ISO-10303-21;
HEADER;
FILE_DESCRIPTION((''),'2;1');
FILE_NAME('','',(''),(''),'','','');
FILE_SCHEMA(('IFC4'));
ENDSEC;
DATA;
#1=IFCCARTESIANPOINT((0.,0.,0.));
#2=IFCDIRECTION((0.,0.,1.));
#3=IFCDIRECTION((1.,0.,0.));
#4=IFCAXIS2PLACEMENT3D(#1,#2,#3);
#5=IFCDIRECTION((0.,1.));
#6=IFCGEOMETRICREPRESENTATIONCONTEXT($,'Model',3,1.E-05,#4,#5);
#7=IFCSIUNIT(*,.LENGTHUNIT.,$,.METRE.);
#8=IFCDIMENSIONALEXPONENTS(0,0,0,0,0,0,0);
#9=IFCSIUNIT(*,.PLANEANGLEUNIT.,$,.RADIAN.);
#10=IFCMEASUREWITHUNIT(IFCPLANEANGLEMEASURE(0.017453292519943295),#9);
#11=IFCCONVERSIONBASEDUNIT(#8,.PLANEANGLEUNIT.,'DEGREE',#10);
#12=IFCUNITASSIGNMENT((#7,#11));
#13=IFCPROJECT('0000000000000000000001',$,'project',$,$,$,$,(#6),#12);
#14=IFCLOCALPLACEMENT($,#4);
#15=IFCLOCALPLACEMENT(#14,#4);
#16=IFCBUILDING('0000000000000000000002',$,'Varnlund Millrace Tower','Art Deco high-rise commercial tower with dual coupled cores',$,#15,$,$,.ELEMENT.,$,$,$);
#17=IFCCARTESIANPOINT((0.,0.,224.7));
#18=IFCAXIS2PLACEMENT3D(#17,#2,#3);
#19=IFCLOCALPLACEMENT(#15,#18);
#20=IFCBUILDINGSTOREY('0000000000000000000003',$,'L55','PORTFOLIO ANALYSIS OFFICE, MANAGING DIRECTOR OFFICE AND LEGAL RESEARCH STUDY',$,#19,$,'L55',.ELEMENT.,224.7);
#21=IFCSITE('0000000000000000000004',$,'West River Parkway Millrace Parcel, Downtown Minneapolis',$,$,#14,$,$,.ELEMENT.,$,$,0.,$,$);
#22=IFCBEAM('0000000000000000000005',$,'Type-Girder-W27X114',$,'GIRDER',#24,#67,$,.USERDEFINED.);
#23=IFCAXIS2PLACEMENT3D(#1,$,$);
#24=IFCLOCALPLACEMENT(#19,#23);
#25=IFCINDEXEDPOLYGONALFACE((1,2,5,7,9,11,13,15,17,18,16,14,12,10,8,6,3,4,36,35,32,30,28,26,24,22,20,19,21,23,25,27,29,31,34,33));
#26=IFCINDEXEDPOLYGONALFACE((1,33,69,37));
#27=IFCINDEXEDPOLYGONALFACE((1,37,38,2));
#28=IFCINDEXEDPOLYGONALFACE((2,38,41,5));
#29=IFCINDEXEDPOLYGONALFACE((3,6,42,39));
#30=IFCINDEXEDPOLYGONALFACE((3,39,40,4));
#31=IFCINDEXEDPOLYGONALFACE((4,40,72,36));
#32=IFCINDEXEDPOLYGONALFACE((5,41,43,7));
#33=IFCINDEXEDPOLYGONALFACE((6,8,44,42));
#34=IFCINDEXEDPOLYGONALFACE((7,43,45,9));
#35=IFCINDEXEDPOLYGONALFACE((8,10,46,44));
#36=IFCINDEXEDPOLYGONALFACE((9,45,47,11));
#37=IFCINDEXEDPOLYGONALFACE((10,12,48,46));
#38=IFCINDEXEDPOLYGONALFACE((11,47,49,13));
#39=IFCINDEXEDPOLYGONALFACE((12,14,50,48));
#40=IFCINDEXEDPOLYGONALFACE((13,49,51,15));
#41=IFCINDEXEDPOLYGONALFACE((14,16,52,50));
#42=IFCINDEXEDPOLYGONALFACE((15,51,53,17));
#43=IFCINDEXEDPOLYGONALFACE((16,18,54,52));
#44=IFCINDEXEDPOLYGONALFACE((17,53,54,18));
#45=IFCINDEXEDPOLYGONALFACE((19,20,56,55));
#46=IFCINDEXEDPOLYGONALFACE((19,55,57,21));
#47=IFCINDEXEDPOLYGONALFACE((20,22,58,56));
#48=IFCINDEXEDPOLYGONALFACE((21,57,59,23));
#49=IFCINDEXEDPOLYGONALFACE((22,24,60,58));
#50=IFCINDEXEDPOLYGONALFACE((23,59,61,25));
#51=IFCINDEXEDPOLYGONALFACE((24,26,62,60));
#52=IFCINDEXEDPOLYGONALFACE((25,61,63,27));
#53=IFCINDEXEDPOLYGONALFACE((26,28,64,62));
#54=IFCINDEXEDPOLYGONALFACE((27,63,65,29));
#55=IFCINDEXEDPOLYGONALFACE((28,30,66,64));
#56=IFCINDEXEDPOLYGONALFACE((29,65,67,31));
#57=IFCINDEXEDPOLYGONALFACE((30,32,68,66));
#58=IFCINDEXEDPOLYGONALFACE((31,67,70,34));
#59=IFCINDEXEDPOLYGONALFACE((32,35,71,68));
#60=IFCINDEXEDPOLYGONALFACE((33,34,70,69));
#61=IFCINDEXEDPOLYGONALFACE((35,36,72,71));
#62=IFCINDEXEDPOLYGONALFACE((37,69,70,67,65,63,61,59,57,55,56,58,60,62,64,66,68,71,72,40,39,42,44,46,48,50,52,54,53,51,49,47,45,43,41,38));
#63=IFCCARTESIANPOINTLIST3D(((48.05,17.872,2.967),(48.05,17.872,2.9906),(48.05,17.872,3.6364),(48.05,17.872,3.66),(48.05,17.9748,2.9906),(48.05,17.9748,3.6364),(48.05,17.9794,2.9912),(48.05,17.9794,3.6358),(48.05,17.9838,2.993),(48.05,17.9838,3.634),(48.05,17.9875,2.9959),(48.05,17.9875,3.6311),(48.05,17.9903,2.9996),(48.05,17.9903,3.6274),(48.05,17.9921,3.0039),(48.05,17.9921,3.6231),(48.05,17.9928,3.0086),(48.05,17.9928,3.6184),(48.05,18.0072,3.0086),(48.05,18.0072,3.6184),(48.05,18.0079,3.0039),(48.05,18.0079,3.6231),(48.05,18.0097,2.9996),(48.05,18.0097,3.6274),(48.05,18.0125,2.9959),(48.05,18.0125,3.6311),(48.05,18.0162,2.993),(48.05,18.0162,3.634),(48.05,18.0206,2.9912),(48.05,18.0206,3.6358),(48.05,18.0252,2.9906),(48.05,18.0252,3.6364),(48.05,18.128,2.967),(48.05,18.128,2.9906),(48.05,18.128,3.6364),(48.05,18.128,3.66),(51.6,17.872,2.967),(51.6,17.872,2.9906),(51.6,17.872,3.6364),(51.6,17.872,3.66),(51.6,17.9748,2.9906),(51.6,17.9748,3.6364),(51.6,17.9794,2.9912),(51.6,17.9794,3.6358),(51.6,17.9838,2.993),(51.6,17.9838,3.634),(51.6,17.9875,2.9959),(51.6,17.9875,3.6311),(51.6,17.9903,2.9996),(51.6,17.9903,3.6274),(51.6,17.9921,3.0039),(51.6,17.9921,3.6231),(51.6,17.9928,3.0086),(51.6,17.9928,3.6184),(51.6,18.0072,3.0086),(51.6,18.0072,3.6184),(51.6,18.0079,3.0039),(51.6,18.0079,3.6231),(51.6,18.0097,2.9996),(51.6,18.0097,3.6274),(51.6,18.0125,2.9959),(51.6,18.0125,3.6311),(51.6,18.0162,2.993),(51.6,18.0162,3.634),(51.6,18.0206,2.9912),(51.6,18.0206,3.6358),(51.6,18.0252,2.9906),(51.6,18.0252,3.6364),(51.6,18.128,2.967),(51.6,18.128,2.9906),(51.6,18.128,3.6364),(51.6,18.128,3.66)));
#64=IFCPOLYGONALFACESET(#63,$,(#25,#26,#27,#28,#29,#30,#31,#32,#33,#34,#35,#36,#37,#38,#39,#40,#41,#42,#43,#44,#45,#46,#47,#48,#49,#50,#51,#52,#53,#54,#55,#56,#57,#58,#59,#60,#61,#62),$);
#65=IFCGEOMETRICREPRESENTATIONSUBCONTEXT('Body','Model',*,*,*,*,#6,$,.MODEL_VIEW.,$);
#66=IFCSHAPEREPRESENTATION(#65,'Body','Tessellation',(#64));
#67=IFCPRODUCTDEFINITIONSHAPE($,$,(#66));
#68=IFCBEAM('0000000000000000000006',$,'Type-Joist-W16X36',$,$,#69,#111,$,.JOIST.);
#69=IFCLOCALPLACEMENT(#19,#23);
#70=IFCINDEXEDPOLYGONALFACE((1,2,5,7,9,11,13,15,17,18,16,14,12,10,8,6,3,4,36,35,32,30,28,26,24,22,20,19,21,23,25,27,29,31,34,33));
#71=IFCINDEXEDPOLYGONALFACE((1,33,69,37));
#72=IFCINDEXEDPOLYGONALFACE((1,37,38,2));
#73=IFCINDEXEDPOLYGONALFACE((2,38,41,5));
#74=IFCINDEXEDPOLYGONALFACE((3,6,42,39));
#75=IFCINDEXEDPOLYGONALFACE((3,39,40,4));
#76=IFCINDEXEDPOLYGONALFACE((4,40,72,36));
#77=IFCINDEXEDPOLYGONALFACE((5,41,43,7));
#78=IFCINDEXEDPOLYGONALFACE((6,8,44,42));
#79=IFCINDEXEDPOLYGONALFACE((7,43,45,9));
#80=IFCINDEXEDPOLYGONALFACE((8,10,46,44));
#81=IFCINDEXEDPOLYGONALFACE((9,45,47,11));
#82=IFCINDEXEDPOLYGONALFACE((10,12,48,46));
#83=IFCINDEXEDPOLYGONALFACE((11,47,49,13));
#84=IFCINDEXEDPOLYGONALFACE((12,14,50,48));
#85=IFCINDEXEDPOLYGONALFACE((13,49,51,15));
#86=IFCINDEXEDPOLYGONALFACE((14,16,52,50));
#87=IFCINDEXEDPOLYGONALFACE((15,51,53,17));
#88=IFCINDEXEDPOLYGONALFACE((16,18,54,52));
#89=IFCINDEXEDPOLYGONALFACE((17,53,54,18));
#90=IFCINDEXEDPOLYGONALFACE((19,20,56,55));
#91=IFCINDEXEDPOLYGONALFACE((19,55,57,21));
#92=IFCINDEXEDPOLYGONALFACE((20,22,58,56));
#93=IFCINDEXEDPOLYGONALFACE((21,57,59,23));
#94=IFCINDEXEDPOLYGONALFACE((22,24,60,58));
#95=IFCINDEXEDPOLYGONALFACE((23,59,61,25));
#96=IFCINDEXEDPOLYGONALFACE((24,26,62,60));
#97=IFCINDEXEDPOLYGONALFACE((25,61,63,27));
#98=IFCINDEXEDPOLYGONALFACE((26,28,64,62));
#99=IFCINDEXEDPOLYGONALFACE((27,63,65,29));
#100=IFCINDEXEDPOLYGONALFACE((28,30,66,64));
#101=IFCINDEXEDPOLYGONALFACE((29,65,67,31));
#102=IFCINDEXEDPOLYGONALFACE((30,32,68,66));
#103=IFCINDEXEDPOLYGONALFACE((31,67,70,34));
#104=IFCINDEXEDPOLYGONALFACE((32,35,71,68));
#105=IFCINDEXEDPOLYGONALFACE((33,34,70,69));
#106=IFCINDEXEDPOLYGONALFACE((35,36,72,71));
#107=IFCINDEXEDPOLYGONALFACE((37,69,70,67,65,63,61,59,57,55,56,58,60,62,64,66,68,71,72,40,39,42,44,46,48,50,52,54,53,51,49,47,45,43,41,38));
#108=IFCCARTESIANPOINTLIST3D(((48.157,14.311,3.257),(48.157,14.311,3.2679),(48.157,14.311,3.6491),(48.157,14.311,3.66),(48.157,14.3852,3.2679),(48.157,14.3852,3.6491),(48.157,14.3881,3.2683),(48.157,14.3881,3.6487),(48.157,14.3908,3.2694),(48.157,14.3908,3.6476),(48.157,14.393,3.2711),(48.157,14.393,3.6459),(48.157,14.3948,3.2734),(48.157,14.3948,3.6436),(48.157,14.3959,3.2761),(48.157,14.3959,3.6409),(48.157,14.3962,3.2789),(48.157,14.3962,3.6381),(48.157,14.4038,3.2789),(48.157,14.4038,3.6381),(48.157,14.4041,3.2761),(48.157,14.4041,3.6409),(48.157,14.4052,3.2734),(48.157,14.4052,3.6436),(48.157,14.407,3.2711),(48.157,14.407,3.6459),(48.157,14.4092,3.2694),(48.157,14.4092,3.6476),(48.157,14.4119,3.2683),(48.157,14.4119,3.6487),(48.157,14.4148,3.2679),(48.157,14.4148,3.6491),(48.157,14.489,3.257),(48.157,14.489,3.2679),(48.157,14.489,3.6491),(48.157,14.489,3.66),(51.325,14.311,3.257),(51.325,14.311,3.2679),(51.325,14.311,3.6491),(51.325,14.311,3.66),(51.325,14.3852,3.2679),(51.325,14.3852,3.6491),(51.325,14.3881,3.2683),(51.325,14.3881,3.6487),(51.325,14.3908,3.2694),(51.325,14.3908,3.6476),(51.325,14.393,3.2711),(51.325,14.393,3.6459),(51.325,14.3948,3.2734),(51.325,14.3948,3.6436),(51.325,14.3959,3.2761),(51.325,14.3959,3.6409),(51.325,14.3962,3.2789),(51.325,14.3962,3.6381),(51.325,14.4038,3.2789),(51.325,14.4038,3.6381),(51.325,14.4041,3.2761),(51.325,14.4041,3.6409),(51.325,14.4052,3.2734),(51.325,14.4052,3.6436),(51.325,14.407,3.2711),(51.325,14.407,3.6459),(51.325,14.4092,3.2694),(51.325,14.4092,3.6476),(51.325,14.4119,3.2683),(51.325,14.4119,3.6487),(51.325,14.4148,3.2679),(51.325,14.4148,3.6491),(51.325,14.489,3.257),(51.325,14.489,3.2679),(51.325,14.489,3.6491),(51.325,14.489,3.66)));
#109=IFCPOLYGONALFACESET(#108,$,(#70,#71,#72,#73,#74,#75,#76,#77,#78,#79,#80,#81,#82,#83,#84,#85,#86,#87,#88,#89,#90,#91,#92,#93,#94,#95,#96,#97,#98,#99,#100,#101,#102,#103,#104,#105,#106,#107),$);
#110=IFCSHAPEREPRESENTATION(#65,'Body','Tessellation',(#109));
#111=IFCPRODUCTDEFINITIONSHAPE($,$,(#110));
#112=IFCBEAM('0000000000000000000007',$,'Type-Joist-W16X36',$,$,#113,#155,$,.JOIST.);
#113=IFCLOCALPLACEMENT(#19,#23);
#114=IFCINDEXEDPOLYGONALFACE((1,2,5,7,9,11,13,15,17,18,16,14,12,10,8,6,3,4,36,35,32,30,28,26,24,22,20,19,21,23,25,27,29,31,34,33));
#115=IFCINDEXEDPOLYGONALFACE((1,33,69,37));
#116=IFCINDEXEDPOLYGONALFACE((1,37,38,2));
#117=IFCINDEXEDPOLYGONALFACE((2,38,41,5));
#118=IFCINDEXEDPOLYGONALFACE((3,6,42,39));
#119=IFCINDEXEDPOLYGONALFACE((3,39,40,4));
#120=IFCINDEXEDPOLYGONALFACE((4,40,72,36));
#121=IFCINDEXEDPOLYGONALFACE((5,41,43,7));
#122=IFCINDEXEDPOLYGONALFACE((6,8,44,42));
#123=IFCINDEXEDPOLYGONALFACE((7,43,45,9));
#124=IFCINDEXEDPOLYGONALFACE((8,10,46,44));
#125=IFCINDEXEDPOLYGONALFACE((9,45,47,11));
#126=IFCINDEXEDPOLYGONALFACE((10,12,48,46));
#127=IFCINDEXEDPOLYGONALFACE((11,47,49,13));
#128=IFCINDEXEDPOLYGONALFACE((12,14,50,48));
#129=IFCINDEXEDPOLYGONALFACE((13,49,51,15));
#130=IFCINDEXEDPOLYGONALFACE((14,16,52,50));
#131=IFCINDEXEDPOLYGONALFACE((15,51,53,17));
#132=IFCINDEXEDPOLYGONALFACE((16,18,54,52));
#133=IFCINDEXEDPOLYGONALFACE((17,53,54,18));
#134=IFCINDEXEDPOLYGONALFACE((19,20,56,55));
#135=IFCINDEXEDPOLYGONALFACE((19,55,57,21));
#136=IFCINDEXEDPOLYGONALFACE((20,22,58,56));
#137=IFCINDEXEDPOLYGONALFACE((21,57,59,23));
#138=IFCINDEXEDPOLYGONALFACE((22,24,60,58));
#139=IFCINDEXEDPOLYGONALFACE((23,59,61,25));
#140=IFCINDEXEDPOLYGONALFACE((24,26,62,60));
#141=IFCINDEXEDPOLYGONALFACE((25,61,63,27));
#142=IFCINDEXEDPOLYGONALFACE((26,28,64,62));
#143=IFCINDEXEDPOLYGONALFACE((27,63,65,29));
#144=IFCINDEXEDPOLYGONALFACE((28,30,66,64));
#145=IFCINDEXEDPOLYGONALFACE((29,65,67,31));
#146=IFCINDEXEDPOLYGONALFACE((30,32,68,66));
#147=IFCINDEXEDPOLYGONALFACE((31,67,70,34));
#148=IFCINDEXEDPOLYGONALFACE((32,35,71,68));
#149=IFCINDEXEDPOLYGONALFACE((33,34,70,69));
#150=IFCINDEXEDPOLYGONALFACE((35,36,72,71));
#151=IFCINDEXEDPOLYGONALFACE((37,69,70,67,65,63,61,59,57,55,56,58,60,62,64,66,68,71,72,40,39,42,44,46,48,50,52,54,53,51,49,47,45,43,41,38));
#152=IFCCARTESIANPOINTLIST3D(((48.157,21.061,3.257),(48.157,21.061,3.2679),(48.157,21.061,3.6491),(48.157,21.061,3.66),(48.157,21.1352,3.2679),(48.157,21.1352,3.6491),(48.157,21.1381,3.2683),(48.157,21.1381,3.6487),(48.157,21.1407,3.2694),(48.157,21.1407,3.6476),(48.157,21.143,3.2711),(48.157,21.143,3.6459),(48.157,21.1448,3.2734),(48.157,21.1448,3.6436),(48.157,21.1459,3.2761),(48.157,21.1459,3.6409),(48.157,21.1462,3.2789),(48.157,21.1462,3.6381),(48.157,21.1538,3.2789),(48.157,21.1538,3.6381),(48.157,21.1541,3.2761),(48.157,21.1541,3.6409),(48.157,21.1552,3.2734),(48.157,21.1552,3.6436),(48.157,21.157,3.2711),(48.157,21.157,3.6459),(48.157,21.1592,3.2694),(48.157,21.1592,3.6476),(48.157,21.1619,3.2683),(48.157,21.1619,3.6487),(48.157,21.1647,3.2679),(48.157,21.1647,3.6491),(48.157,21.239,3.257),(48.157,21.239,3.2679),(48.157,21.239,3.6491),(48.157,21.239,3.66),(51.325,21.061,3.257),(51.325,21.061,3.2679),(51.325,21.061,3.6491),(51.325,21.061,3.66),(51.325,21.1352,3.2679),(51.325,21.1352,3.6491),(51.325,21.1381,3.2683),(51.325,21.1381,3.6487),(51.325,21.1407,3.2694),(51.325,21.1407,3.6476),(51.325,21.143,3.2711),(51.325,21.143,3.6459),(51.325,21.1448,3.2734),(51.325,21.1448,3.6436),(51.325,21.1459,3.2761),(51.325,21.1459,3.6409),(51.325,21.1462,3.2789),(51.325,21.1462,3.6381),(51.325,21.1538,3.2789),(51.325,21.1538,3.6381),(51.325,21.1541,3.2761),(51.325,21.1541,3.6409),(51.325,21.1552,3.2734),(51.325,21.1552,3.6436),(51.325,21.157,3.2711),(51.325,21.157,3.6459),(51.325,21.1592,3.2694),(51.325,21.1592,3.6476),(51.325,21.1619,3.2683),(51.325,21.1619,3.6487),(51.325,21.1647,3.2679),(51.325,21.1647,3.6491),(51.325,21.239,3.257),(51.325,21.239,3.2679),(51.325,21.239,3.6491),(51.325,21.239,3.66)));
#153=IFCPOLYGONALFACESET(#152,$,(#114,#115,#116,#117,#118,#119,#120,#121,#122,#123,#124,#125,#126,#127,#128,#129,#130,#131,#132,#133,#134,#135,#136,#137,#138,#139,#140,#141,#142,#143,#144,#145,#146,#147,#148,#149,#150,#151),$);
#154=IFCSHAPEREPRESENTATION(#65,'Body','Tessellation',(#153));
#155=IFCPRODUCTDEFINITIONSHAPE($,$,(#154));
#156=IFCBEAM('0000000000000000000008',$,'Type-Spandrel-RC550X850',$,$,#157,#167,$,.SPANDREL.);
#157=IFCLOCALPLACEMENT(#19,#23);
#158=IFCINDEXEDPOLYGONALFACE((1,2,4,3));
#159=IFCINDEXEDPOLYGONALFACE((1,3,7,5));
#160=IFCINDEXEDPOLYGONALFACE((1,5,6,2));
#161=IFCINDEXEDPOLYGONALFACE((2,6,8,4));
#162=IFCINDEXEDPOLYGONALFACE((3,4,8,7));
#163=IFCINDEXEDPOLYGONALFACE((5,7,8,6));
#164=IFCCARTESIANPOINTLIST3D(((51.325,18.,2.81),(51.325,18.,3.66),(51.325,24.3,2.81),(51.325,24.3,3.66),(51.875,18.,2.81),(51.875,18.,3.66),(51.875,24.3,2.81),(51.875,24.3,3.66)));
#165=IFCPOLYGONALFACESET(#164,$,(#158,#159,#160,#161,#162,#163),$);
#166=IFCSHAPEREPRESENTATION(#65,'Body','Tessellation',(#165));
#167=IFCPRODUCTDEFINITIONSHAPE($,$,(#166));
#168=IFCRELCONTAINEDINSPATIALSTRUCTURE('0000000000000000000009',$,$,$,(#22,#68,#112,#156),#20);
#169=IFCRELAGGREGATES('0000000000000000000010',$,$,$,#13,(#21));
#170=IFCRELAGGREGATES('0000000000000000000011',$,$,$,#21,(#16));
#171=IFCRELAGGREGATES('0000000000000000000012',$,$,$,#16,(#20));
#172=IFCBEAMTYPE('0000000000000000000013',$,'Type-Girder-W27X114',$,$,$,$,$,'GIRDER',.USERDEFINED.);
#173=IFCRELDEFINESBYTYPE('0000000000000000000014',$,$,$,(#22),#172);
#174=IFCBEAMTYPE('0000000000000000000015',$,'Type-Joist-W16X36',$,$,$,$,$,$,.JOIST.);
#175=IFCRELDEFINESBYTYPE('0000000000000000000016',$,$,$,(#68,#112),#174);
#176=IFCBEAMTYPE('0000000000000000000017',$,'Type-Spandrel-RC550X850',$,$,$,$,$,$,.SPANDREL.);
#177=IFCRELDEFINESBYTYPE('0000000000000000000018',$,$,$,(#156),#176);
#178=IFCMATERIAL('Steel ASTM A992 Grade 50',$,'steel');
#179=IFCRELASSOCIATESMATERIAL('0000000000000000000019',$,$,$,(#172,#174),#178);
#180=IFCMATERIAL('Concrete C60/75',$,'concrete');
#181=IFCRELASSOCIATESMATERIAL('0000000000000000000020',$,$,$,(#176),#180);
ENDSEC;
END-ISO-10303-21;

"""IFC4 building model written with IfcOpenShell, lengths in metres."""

from ifc_helpers import new_model, entity, si_unit, converted_unit, direction, frame, origin_with_axes, origin_2d_with_axis, place, context, subcontext, project, spatial, rectangle, i_section, extrude, material, material_profile, profile_set, type_object, element, save


model = new_model("IFC4")

# Units and contexts
model_context = context("Model", 3, precision=1e-05, world=origin_with_axes(), true_north=direction((0.0, 1.0)))
body_context = subcontext(model_context, "Body", "Model", "MODEL_VIEW")
ifc_project = project(units=[si_unit("LENGTHUNIT", "METRE"), converted_unit("PLANEANGLEUNIT", "DEGREE", entity("IfcPlaneAngleMeasure", 0.017453292519943295), si_unit("PLANEANGLEUNIT", "RADIAN"), dimensions=[0, 0, 0, 0, 0, 0, 0])], contexts=[model_context])

# Site, building, storey
site_placement = place(None, origin_with_axes())
site = spatial("IfcSite", under=ifc_project, at=site_placement, Name="West River Parkway Millrace Parcel, Downtown Minneapolis", CompositionType="ELEMENT", RefElevation=0.0)
building_placement = place(site_placement, origin_with_axes())
building = spatial("IfcBuilding", under=site, at=building_placement, Name="Varnlund Millrace Tower", Description="Art Deco high-rise commercial tower with dual coupled cores", CompositionType="ELEMENT")
storey_placement = place(building_placement, frame((0.0, 0.0, 224.7), z_axis=(0.0, 0.0, 1.0), x_axis=(1.0, 0.0, 0.0)))
storey = spatial("IfcBuildingStorey", under=building, at=storey_placement, Name="L55", Description="PORTFOLIO ANALYSIS OFFICE, MANAGING DIRECTOR OFFICE AND LEGAL RESEARCH STUDY", LongName="L55", CompositionType="ELEMENT", Elevation=224.7)

# Beams
ifc_material_1 = material(Name="Steel ASTM A992 Grade 50", Category="steel")
ifc_material_profile_1 = material_profile(ifc_material_1, i_section(OverallWidth=0.256, OverallDepth=0.693, WebThickness=0.0145, FlangeThickness=0.0236, FilletRadius=0.018, at=origin_2d_with_axis()), Name="Steel ASTM A992 Grade 50")
ifc_profile_set_1 = profile_set([ifc_material_profile_1], Name="Steel ASTM A992 Grade 50")
beam_type_1 = type_object("IfcBeamType", Name="Type-Girder-W27X114", ElementType="GIRDER", PredefinedType="USERDEFINED", material=ifc_profile_set_1)
beam_1_placement = place(storey_placement, frame((48.05, 18.0, 3.3135), z_axis=(1.0, 0.0, 0.0), x_axis=(0.0, 1.0, 0.0)))
element("IfcBeam", 1, at=beam_1_placement, inside=storey, type_object=beam_type_1, Name="Type-Girder-W27X114", ObjectType="GIRDER", PredefinedType="USERDEFINED", context=body_context, shape_type="SweptSolid", body=[
    extrude(i_section(OverallWidth=0.256, OverallDepth=0.693, WebThickness=0.0145, FlangeThickness=0.0236, FilletRadius=0.018, at=origin_2d_with_axis()), origin_with_axes(), (0.0, 0.0, 1.0), 3.55),
])
ifc_material_profile_2 = material_profile(ifc_material_1, i_section(OverallWidth=0.178, OverallDepth=0.403, WebThickness=0.0075, FlangeThickness=0.0109, FilletRadius=0.011, at=origin_2d_with_axis()), Name="Steel ASTM A992 Grade 50")
ifc_profile_set_2 = profile_set([ifc_material_profile_2], Name="Steel ASTM A992 Grade 50")
beam_type_2 = type_object("IfcBeamType", Name="Type-Joist-W16X36", PredefinedType="JOIST", material=ifc_profile_set_2)
for number, where, z_axis, x_axis, name in (
    (2, (48.157, 14.4, 3.4585), (1.0, 0.0, 0.0), (0.0, 1.0, 0.0), "Type-Joist-W16X36"),
    (3, (48.157, 21.15, 3.4585), (1.0, 0.0, 0.0), (0.0, 1.0, 0.0), "Type-Joist-W16X36"),
):
    element("IfcBeam", number, at=place(storey_placement, frame(where, z_axis=z_axis, x_axis=x_axis)), inside=storey, type_object=beam_type_2, Name=name, PredefinedType="JOIST", context=body_context, shape_type="SweptSolid", body=[
        extrude(i_section(OverallWidth=0.178, OverallDepth=0.403, WebThickness=0.0075, FlangeThickness=0.0109, FilletRadius=0.011, at=origin_2d_with_axis()), origin_with_axes(), (0.0, 0.0, 1.0), 3.168),
    ])
ifc_material_2 = material(Name="Concrete C60/75", Category="concrete")
ifc_material_profile_3 = material_profile(ifc_material_2, rectangle(XDim=0.55, YDim=0.85, at=origin_2d_with_axis()), Name="Concrete C60/75")
ifc_profile_set_3 = profile_set([ifc_material_profile_3], Name="Concrete C60/75")
beam_type_3 = type_object("IfcBeamType", Name="Type-Spandrel-RC550X850", PredefinedType="SPANDREL", material=ifc_profile_set_3)
beam_2_placement = place(storey_placement, frame((51.6, 18.0, 3.235), z_axis=(0.0, 1.0, 0.0), x_axis=(-1.0, 0.0, 0.0)))
element("IfcBeam", 4, at=beam_2_placement, inside=storey, type_object=beam_type_3, Name="Type-Spandrel-RC550X850", PredefinedType="SPANDREL", context=body_context, shape_type="SweptSolid", body=[
    extrude(rectangle(XDim=0.55, YDim=0.85, at=origin_2d_with_axis()), origin_with_axes(), (0.0, 0.0, 1.0), 6.3),
])

save(model, "model.ifc")
